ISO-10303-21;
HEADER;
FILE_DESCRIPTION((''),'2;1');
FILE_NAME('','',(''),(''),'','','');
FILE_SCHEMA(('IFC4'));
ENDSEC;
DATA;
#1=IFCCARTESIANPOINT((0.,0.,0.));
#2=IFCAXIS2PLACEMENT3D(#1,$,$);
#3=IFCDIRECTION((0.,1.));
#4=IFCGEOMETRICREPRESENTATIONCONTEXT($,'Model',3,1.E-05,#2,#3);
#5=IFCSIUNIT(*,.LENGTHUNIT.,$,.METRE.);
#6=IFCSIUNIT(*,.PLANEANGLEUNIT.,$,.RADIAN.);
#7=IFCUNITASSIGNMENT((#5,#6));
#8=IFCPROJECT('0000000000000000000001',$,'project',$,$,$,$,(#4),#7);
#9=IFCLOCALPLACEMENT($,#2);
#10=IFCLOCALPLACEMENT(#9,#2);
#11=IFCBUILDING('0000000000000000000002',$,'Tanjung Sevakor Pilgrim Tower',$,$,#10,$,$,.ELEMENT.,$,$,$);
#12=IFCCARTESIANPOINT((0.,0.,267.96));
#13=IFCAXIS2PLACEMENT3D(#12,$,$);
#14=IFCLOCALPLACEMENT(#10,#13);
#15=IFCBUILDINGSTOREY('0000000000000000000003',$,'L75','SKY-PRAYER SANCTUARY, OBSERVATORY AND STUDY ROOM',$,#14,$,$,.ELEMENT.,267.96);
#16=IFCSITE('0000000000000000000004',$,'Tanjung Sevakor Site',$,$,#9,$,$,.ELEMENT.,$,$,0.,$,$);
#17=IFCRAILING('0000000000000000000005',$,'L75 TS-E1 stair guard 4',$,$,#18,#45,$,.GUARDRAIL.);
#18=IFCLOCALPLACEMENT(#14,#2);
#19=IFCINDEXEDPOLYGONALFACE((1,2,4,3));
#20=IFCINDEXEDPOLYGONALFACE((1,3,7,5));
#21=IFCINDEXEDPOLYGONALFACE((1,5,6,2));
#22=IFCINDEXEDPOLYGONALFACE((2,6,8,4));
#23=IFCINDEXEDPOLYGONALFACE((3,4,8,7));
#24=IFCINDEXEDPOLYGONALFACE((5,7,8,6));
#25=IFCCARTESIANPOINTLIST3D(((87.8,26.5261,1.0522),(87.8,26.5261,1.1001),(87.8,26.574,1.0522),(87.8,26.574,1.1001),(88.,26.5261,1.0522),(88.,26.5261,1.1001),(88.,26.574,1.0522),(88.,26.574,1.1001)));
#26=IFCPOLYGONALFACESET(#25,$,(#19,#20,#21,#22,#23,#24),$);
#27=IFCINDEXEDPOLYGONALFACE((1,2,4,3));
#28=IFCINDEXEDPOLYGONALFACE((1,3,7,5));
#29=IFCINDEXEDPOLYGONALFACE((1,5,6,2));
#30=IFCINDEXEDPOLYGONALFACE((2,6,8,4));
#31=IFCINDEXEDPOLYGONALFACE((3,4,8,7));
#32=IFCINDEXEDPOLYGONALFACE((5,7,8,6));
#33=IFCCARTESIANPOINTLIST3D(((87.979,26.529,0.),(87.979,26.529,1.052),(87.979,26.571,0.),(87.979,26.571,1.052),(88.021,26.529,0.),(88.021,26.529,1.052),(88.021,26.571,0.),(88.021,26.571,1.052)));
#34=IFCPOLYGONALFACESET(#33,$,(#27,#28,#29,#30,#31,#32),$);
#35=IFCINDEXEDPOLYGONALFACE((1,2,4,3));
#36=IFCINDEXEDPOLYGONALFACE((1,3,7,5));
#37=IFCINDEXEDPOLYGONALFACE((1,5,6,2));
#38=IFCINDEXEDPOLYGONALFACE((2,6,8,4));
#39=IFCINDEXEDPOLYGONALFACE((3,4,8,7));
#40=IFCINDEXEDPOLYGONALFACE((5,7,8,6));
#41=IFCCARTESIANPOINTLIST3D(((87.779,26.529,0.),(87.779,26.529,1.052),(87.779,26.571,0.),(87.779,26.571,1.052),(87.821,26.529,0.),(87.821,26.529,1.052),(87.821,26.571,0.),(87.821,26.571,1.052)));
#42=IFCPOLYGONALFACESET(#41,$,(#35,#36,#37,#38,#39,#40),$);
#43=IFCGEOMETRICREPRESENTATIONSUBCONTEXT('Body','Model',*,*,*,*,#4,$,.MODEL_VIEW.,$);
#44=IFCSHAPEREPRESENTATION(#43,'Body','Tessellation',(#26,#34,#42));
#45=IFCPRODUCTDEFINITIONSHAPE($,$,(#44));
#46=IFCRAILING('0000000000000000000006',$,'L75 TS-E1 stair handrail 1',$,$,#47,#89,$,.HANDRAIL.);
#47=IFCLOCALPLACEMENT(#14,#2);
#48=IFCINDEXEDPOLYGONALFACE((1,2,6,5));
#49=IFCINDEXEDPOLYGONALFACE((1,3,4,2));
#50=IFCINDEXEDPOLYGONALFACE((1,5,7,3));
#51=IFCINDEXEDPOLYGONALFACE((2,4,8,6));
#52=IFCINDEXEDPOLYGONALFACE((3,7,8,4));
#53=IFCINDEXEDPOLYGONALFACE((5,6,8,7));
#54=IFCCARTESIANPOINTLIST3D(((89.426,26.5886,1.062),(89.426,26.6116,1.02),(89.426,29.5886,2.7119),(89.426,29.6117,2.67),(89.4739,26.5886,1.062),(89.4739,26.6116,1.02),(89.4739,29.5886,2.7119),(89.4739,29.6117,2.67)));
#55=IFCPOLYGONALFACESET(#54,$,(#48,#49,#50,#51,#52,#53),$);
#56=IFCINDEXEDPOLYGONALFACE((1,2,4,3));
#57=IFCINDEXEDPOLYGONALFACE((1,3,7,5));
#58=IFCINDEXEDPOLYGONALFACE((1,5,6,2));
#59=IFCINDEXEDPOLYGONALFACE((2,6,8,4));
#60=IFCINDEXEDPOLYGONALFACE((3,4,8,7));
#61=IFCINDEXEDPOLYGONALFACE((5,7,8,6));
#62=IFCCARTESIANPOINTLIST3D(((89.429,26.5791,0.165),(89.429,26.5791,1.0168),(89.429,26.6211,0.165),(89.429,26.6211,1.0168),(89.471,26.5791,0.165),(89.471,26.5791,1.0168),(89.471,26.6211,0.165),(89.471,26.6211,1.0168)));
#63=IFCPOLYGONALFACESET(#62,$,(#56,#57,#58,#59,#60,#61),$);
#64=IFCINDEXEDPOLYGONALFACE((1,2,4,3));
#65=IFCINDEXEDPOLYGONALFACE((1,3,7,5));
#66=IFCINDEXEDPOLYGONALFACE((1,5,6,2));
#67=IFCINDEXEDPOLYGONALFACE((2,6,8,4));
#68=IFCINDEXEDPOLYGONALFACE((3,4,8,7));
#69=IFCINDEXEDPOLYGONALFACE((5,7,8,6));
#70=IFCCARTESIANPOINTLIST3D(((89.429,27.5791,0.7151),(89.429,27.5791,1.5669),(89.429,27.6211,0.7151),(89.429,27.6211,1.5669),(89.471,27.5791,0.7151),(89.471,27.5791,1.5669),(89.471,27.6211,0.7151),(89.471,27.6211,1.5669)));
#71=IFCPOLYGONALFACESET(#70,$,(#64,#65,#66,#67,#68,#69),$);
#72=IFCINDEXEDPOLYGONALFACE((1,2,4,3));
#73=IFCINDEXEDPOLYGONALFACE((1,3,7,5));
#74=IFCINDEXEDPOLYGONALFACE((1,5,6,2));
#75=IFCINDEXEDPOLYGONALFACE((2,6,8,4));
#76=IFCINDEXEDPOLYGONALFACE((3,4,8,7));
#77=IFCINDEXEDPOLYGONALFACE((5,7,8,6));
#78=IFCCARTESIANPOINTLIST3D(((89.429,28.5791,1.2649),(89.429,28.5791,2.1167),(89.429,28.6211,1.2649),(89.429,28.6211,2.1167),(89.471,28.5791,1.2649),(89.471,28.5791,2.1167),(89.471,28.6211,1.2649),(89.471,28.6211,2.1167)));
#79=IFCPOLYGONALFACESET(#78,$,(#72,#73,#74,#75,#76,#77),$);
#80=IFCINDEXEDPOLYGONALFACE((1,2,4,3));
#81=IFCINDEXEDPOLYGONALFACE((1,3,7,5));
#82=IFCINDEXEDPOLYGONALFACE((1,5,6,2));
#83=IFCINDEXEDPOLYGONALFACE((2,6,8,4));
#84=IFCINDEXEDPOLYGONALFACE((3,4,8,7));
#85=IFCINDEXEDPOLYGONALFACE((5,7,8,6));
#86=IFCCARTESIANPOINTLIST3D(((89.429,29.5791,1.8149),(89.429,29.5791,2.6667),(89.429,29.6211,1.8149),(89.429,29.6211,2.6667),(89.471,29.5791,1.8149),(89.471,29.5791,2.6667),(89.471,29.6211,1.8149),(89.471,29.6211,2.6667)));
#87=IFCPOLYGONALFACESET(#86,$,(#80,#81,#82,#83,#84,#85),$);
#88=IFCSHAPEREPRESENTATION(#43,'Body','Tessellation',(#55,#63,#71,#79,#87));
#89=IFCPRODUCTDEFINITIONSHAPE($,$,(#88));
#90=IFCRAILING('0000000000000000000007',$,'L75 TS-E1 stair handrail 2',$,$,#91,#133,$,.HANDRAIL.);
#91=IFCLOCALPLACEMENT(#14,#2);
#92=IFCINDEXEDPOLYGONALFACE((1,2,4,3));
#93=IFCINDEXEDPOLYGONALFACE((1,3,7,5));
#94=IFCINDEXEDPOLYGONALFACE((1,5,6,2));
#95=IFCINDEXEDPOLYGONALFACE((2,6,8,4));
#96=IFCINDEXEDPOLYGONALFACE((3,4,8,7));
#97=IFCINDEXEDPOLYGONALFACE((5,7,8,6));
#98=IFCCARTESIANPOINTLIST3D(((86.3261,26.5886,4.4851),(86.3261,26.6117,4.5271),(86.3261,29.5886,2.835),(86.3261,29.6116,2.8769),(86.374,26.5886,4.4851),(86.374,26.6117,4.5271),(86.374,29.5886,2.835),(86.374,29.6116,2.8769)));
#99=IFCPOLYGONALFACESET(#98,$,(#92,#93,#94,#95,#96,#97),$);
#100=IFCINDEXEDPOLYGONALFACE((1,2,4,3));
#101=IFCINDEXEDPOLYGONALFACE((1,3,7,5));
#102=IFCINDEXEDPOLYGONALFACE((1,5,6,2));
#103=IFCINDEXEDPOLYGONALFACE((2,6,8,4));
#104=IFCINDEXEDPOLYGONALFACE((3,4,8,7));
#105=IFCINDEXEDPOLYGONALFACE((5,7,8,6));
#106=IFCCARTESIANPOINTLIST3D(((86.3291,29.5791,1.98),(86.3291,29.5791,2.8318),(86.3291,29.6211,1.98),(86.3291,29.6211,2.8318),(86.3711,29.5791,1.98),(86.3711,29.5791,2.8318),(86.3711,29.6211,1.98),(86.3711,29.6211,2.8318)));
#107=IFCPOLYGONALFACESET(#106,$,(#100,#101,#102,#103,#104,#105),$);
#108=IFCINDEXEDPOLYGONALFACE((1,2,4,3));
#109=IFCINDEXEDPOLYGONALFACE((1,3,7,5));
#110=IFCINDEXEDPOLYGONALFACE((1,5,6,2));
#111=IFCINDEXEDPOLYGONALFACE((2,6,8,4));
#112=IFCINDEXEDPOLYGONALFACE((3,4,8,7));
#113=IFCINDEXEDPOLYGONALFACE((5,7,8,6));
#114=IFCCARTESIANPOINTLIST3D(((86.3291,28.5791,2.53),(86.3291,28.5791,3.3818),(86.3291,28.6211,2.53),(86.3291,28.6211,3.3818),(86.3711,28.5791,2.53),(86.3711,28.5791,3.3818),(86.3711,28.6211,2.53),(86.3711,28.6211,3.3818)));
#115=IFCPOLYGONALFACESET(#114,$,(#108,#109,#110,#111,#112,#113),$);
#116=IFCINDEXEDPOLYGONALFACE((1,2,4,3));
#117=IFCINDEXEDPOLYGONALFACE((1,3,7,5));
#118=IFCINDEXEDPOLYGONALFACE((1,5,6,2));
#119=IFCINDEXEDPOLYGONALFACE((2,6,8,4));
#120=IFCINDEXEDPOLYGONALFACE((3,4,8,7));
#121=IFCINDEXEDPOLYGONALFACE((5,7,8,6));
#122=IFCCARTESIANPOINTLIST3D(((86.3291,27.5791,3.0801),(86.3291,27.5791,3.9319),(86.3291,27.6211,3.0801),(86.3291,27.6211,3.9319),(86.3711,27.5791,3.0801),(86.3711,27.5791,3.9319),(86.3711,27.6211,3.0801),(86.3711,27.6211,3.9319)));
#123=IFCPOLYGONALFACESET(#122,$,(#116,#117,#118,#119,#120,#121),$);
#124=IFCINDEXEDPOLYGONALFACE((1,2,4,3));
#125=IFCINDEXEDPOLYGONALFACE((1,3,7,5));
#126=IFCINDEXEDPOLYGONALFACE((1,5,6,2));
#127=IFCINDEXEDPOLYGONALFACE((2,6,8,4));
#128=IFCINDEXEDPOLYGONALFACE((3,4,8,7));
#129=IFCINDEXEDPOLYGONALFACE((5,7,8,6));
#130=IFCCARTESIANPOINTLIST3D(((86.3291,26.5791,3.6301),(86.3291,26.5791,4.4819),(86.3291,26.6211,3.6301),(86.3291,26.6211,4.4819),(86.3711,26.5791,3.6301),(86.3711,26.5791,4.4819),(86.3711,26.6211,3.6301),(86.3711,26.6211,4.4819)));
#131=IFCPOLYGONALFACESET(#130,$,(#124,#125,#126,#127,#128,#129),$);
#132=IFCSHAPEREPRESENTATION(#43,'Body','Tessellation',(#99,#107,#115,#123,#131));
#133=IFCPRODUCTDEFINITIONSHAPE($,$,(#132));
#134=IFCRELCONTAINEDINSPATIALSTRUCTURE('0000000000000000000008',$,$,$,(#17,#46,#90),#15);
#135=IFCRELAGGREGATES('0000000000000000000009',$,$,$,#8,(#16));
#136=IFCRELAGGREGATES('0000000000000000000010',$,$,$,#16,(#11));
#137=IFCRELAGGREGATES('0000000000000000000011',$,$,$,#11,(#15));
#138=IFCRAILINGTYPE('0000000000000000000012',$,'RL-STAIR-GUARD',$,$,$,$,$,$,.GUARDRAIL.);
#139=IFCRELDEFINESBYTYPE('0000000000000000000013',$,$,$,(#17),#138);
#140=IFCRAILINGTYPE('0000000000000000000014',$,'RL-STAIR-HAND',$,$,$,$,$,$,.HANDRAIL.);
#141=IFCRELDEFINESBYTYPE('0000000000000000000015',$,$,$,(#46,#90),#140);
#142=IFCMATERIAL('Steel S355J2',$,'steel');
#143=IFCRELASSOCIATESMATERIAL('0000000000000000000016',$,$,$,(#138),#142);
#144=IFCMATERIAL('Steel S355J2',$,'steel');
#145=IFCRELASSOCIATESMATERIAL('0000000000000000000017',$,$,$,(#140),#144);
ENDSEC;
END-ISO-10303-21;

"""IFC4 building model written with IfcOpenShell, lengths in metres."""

from ifc_helpers import new_model, si_unit, direction, frame, origin, place, context, subcontext, project, spatial, rectangle, extrude, material, type_object, element, save


model = new_model("IFC4")

# Units and contexts
model_context = context("Model", 3, precision=1e-05, world=origin(), true_north=direction((0.0, 1.0)))
body_context = subcontext(model_context, "Body", "Model", "MODEL_VIEW")
ifc_project = project(units=[si_unit("LENGTHUNIT", "METRE"), si_unit("PLANEANGLEUNIT", "RADIAN")], contexts=[model_context])

# Site, building, storey
site_placement = place(None, origin())
site = spatial("IfcSite", under=ifc_project, at=site_placement, Name="Tanjung Sevakor Site", CompositionType="ELEMENT", RefElevation=0.0)
building_placement = place(site_placement, origin())
building = spatial("IfcBuilding", under=site, at=building_placement, Name="Tanjung Sevakor Pilgrim Tower", CompositionType="ELEMENT")
storey_placement = place(building_placement, frame((0.0, 0.0, 267.96)))
storey = spatial("IfcBuildingStorey", under=building, at=storey_placement, Name="L75", Description="SKY-PRAYER SANCTUARY, OBSERVATORY AND STUDY ROOM", CompositionType="ELEMENT", Elevation=267.96)

# Railings
ifc_material_1 = material(Name="Steel S355J2", Category="steel")
railing_type_1 = type_object("IfcRailingType", Name="RL-STAIR-GUARD", PredefinedType="GUARDRAIL", material=ifc_material_1)
railing_1_placement = place(storey_placement, frame((88.0, 26.55, 0.0)))
element("IfcRailing", 1, at=railing_1_placement, inside=storey, type_object=railing_type_1, Name="L75 TS-E1 stair guard 4", PredefinedType="GUARDRAIL", context=body_context, shape_type="SweptSolid", body=[
    extrude(rectangle(XDim=0.0479, YDim=0.0479), frame((0.0, 0.0, 1.0762), z_axis=(-1.0, 0.0, 0.0), x_axis=(0.0, -1.0, 0.0)), (0.0, 0.0, 1.0), 0.2),
    extrude(rectangle(XDim=0.042, YDim=0.042), origin(), (0.0, 0.0, 1.0), 1.052),
    extrude(rectangle(XDim=0.042, YDim=0.042), frame((-0.2, 0.0, 0.0)), (0.0, 0.0, 1.0), 1.052),
])
ifc_material_2 = material(Name="Steel S355J2", Category="steel")
railing_type_2 = type_object("IfcRailingType", Name="RL-STAIR-HAND", PredefinedType="HANDRAIL", material=ifc_material_2)
railing_2_placement = place(storey_placement, frame((89.45, 26.6001, 0.165)))
element("IfcRailing", 2, at=railing_2_placement, inside=storey, type_object=railing_type_2, Name="L75 TS-E1 stair handrail 1", PredefinedType="HANDRAIL", context=body_context, shape_type="SweptSolid", body=[
    extrude(rectangle(XDim=0.0479, YDim=0.0479), frame((0.0, 0.0, 0.876), z_axis=(0.0, 0.876228, 0.481897), x_axis=(-1.0, 0.0, 0.0)), (0.0, 0.0, 1.0), 3.4238),
    extrude(rectangle(XDim=0.042, YDim=0.042), origin(), (0.0, 0.0, 1.0), 0.8518),
    extrude(rectangle(XDim=0.042, YDim=0.042), frame((0.0, 1.0, 0.55)), (0.0, 0.0, 1.0), 0.8518),
    extrude(rectangle(XDim=0.042, YDim=0.042), frame((0.0, 2.0, 1.0999)), (0.0, 0.0, 1.0), 0.8518),
    extrude(rectangle(XDim=0.042, YDim=0.042), frame((0.0, 3.0, 1.6499)), (0.0, 0.0, 1.0), 0.8518),
])
railing_3_placement = place(storey_placement, frame((86.3501, 29.6001, 1.98)))
element("IfcRailing", 3, at=railing_3_placement, inside=storey, type_object=railing_type_2, Name="L75 TS-E1 stair handrail 2", PredefinedType="HANDRAIL", context=body_context, shape_type="SweptSolid", body=[
    extrude(rectangle(XDim=0.0479, YDim=0.0479), frame((0.0, 0.0, 0.876), z_axis=(0.0, -0.876198, 0.481952), x_axis=(1.0, 0.0, 0.0)), (0.0, 0.0, 1.0), 3.4238),
    extrude(rectangle(XDim=0.042, YDim=0.042), origin(), (0.0, 0.0, 1.0), 0.8518),
    extrude(rectangle(XDim=0.042, YDim=0.042), frame((0.0, -1.0, 0.55)), (0.0, 0.0, 1.0), 0.8518),
    extrude(rectangle(XDim=0.042, YDim=0.042), frame((0.0, -2.0, 1.1001)), (0.0, 0.0, 1.0), 0.8518),
    extrude(rectangle(XDim=0.042, YDim=0.042), frame((0.0, -3.0, 1.6501)), (0.0, 0.0, 1.0), 0.8518),
])

save(model, "model.ifc")
